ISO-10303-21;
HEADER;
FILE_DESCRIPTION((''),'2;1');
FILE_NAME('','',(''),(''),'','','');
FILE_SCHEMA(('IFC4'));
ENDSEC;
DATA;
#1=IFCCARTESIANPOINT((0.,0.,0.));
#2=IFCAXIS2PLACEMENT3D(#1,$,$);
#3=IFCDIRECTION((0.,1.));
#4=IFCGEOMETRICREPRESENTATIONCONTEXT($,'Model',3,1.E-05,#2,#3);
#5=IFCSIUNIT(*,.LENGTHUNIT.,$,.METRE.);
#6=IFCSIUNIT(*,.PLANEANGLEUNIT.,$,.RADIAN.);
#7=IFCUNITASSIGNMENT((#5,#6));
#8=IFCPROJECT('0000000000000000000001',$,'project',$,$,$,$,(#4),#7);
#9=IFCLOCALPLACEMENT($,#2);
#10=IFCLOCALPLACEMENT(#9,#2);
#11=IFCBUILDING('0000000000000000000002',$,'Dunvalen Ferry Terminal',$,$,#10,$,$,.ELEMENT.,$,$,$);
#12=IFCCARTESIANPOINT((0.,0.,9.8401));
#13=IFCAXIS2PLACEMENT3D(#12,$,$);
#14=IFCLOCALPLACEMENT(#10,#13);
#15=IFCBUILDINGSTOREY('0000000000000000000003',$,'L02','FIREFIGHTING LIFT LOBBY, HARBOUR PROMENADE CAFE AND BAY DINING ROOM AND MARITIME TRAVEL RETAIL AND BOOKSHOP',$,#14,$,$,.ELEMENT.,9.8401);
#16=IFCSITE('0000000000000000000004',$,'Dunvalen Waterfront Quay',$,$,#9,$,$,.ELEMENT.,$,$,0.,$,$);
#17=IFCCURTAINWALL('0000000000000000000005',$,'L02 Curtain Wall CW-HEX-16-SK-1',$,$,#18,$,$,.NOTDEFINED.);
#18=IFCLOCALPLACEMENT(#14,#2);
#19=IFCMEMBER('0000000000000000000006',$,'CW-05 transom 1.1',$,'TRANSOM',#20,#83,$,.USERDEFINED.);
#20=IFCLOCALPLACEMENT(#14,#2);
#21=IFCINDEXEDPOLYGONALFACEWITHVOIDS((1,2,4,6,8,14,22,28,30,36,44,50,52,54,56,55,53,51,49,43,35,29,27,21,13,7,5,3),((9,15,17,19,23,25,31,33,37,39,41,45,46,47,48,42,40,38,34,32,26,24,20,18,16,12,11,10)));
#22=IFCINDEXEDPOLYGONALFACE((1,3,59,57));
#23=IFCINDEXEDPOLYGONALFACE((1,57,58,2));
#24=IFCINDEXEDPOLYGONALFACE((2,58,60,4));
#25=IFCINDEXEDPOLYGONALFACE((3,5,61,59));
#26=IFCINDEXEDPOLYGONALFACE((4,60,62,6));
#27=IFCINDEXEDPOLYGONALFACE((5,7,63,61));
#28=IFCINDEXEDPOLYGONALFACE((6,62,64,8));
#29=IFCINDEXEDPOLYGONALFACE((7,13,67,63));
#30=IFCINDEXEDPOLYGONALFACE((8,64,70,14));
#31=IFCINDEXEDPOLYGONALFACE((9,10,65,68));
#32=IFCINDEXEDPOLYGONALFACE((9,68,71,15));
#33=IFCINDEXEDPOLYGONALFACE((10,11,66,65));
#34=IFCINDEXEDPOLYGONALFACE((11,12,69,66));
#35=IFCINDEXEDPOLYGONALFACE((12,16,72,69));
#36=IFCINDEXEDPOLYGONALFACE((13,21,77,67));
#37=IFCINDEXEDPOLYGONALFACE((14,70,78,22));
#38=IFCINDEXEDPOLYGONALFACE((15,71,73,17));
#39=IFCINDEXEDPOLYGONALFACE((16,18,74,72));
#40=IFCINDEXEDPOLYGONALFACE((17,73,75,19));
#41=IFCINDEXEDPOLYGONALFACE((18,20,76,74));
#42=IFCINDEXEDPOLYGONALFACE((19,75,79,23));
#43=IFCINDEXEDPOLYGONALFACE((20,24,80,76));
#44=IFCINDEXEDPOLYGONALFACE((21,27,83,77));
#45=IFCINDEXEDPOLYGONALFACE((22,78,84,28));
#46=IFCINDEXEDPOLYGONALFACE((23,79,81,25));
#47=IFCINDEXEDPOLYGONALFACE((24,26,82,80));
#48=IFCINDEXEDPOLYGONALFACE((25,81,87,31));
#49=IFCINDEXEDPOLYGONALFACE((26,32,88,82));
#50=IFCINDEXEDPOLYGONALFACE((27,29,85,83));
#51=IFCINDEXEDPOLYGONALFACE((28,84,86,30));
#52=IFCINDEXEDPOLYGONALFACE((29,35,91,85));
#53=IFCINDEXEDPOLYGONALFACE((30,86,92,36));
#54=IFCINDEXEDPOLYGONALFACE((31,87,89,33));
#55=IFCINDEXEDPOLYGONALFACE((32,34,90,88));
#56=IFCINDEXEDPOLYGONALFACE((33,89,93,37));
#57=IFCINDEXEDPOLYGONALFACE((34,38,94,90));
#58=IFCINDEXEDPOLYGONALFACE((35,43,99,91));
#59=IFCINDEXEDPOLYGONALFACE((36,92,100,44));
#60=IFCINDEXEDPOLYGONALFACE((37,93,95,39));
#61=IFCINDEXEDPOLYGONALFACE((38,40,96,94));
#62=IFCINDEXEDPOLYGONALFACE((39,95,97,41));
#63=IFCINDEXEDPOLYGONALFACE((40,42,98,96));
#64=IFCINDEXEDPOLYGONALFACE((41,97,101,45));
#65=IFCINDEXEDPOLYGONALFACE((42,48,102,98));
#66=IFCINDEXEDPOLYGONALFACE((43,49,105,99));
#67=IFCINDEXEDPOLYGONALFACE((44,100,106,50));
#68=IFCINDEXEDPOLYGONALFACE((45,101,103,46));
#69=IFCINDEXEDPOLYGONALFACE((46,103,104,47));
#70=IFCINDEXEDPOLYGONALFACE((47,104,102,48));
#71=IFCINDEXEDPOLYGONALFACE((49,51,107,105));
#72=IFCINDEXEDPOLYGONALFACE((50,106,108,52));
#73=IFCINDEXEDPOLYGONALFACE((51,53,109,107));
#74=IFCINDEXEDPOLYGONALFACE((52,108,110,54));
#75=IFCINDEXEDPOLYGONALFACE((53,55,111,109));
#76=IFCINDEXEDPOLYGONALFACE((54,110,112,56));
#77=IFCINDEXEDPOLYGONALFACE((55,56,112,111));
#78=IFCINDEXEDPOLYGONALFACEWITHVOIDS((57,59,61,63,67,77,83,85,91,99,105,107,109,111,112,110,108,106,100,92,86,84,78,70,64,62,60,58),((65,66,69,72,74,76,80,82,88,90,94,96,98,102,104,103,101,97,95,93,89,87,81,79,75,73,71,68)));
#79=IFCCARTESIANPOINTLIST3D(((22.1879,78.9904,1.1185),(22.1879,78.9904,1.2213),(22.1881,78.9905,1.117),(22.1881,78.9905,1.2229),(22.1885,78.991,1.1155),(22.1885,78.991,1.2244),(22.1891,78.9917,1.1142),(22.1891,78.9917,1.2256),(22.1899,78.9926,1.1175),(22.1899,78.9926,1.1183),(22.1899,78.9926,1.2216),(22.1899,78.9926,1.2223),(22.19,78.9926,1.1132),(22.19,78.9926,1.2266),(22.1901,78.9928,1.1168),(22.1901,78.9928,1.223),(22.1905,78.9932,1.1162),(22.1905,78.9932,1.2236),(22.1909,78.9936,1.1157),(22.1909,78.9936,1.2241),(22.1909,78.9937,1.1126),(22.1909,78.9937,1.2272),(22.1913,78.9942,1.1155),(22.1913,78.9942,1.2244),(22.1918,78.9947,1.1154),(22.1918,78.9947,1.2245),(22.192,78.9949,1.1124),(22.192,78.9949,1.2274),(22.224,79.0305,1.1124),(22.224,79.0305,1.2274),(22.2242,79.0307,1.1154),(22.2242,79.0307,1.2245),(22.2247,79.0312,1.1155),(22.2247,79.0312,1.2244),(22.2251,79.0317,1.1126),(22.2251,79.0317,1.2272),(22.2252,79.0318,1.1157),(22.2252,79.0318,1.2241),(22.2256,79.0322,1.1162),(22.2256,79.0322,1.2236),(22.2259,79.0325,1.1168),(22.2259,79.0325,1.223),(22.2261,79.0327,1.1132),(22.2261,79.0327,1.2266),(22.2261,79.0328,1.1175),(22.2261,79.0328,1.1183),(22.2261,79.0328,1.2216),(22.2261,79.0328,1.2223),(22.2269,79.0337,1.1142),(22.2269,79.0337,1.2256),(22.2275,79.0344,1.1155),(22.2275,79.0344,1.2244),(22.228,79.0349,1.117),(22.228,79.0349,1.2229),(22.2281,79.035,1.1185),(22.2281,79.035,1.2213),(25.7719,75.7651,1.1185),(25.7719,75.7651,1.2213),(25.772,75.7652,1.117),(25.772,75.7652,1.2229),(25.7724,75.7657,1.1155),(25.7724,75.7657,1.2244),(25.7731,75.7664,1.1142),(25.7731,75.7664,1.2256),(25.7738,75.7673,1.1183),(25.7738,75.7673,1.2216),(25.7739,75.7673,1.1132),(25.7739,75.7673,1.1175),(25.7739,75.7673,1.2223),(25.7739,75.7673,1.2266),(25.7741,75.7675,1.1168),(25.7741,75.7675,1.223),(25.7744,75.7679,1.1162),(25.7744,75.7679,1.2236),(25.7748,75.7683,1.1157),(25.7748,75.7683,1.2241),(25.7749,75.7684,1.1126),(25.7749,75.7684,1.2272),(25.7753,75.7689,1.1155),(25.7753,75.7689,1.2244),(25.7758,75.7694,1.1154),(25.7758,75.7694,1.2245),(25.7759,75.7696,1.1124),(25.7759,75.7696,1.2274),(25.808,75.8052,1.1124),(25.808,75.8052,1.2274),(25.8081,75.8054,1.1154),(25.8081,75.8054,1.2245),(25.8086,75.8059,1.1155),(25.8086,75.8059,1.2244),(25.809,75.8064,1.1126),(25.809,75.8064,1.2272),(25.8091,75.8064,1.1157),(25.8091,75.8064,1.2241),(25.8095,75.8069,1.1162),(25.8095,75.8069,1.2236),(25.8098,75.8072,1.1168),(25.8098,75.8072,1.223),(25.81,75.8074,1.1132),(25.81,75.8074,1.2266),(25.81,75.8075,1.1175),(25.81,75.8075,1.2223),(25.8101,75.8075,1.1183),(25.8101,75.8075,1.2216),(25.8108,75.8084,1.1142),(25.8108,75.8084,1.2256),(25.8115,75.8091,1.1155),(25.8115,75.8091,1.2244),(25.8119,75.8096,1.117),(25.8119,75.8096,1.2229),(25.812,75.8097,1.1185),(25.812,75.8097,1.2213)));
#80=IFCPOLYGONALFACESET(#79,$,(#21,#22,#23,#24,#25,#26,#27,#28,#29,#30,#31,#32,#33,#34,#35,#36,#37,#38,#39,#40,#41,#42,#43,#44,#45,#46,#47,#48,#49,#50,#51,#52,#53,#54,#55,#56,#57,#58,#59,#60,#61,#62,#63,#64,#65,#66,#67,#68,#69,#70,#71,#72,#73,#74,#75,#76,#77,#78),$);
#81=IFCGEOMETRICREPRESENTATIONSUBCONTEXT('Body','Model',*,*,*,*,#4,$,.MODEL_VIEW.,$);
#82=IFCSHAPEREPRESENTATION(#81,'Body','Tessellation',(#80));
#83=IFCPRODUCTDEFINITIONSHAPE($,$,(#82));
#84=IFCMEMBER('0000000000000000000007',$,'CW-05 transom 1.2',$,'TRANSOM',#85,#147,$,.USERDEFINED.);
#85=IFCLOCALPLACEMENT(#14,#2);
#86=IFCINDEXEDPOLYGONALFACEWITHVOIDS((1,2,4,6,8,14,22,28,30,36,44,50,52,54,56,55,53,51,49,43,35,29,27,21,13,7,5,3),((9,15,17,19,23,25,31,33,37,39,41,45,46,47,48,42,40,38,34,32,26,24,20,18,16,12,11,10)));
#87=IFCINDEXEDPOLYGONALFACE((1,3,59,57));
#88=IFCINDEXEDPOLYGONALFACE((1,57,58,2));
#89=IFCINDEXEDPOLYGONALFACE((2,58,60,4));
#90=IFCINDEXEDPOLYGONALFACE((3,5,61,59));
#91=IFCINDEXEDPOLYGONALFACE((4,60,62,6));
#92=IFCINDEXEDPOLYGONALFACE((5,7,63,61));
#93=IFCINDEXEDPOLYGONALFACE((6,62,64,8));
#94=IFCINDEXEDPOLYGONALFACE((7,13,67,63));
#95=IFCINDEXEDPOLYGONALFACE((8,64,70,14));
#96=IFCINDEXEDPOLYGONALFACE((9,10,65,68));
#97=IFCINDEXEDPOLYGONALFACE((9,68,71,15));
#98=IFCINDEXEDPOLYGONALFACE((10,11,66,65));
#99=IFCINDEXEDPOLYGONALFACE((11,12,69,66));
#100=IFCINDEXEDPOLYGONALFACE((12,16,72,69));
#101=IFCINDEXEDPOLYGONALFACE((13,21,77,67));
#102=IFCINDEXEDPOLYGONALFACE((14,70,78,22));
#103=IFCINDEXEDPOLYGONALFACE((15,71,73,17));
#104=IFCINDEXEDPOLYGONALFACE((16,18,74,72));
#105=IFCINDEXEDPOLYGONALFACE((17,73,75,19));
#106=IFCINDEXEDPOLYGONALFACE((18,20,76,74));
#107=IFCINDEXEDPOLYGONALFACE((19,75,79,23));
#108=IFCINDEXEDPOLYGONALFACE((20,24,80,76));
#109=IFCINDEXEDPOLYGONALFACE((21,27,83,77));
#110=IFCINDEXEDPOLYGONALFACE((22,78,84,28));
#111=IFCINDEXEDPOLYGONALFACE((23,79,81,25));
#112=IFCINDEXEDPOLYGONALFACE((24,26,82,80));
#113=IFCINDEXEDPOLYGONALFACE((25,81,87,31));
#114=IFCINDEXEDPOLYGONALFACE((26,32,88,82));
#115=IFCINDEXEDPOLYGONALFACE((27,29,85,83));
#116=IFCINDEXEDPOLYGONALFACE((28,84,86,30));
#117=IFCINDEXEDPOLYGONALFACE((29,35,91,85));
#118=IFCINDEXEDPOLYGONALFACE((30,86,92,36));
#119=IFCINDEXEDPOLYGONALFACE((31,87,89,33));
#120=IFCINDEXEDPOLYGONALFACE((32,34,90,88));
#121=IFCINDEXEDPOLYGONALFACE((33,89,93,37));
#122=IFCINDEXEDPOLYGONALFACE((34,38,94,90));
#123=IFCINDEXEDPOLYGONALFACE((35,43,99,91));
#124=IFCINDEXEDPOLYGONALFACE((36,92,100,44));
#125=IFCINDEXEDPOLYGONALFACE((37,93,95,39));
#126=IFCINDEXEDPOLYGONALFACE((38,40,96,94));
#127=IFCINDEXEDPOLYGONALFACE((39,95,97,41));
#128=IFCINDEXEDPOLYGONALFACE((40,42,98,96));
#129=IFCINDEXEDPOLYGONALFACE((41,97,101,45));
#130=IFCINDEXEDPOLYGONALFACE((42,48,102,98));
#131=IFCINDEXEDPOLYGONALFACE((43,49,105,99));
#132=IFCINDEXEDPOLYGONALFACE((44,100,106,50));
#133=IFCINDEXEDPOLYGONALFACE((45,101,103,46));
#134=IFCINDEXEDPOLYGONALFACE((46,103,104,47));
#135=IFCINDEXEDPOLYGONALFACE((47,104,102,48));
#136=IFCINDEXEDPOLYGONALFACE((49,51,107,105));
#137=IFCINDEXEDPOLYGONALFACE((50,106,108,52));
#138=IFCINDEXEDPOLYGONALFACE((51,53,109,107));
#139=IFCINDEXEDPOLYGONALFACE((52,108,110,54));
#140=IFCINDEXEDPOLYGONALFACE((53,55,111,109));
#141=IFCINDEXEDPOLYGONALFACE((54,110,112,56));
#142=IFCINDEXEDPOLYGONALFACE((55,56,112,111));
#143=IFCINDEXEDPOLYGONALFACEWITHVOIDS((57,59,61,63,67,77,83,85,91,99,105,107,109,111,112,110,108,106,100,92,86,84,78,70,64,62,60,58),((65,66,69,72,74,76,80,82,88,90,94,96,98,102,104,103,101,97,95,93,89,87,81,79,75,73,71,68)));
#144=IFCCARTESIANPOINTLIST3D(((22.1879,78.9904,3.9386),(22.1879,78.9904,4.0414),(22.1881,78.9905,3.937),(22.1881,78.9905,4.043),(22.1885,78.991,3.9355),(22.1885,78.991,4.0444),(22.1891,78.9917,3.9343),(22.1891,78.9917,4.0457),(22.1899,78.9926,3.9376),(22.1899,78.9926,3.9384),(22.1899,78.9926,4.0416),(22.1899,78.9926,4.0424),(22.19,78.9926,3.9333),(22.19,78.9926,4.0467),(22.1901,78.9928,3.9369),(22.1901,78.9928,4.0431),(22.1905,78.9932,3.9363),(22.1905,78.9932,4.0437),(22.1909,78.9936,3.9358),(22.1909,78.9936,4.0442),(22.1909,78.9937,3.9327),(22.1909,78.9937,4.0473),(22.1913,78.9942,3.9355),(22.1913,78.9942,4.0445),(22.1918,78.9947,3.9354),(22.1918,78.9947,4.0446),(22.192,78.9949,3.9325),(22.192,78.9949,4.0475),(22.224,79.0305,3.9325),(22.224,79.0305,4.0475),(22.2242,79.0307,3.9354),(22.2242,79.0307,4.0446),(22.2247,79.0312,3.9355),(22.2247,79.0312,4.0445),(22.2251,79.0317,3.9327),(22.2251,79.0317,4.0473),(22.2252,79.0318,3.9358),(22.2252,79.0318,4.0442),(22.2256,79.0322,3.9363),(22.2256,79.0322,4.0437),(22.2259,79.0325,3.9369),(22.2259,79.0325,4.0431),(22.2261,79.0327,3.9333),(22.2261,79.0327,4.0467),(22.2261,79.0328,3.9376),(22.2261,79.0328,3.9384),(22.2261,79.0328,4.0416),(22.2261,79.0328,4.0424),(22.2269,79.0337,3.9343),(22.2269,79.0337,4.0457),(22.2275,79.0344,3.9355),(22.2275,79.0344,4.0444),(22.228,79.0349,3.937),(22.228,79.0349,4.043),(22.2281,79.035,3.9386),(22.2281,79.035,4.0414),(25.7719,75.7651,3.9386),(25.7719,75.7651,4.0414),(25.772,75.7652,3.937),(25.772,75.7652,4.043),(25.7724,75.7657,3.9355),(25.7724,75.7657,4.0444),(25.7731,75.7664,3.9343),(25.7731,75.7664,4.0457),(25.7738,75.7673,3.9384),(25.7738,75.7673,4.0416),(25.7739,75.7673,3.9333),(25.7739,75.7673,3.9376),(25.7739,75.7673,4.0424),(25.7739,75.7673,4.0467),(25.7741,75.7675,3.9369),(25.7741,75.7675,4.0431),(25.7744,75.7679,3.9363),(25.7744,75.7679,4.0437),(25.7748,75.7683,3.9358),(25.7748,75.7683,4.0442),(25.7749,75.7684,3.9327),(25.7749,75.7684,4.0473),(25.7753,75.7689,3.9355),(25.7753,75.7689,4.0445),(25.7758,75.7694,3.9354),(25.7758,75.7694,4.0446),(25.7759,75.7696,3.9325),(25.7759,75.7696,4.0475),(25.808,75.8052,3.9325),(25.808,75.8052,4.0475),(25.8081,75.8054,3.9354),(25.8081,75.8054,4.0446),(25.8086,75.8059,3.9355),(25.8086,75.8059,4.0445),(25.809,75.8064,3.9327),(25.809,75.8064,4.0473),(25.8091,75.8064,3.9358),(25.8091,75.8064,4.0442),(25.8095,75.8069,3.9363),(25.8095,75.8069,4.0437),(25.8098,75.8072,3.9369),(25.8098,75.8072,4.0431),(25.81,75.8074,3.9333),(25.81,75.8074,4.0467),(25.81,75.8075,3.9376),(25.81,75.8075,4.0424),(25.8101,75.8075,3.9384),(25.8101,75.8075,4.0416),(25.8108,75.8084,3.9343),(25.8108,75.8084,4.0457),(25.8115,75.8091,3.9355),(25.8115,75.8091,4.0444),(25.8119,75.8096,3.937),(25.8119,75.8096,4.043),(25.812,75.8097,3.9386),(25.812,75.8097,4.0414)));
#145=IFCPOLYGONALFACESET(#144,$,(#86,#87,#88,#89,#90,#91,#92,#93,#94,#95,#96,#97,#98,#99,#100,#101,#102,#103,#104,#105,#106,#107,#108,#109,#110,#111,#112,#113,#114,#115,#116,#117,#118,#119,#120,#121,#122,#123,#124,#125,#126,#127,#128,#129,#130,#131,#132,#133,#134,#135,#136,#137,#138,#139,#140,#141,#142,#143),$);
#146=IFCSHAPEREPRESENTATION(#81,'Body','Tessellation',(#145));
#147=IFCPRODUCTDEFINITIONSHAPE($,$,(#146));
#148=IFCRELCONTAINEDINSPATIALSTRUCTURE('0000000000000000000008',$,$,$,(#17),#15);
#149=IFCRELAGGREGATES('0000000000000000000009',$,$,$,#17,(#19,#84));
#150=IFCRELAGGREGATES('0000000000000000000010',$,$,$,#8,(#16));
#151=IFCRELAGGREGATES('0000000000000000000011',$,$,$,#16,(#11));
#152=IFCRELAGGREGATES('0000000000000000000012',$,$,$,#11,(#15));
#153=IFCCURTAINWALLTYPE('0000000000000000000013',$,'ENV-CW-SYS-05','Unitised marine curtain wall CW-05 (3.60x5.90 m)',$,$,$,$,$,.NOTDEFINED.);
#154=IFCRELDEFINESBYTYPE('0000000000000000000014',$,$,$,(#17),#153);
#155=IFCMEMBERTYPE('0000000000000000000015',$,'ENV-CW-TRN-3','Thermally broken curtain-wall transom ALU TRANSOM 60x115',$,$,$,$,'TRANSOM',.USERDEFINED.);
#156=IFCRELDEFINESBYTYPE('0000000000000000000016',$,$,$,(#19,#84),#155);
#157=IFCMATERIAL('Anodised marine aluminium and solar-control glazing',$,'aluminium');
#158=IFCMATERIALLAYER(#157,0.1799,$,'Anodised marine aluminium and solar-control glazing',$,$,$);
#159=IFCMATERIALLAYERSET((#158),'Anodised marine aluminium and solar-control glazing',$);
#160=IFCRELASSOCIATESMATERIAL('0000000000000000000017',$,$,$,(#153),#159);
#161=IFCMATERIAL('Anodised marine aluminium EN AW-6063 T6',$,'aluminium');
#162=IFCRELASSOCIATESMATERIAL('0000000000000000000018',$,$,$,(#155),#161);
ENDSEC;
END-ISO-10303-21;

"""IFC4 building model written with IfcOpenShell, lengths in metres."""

from ifc_helpers import new_model, si_unit, direction, frame, origin, origin_2d, place, context, subcontext, project, spatial, hollow_rectangle, extrude, material, layer, layer_set, material_profile, profile_set, type_object, element, aggregate, save


model = new_model("IFC4")

# Units and contexts
model_context = context("Model", 3, precision=1e-05, world=origin(), true_north=direction((0.0, 1.0)))
body_context = subcontext(model_context, "Body", "Model", "MODEL_VIEW")
ifc_project = project(units=[si_unit("LENGTHUNIT", "METRE"), si_unit("PLANEANGLEUNIT", "RADIAN")], contexts=[model_context])

# Site, building, storey
site_placement = place(None, origin())
site = spatial("IfcSite", under=ifc_project, at=site_placement, Name="Dunvalen Waterfront Quay", CompositionType="ELEMENT", RefElevation=0.0)
building_placement = place(site_placement, origin())
building = spatial("IfcBuilding", under=site, at=building_placement, Name="Dunvalen Ferry Terminal", CompositionType="ELEMENT")
storey_placement = place(building_placement, frame((0.0, 0.0, 9.8401)))
storey = spatial("IfcBuildingStorey", under=building, at=storey_placement, Name="L02", Description="FIREFIGHTING LIFT LOBBY, HARBOUR PROMENADE CAFE AND BAY DINING ROOM AND MARITIME TRAVEL RETAIL AND BOOKSHOP", CompositionType="ELEMENT", Elevation=9.8401)

# Curtain wall
ifc_material_1 = material(Name="Anodised marine aluminium and solar-control glazing", Category="aluminium")
ifc_layer_1 = layer(ifc_material_1, 0.1799, Name="Anodised marine aluminium and solar-control glazing")
ifc_layer_set_1 = layer_set([ifc_layer_1], Name="Anodised marine aluminium and solar-control glazing")
curtain_wall_type_1 = type_object("IfcCurtainWallType", Name="ENV-CW-SYS-05", Description="Unitised marine curtain wall CW-05 (3.60x5.90 m)", PredefinedType="NOTDEFINED", material=ifc_layer_set_1)
curtain_wall_1_placement = place(storey_placement, origin())
curtain_wall_1 = element("IfcCurtainWall", 1, at=curtain_wall_1_placement, inside=storey, type_object=curtain_wall_type_1, Name="L02 Curtain Wall CW-HEX-16-SK-1", PredefinedType="NOTDEFINED")
ifc_material_2 = material(Name="Anodised marine aluminium EN AW-6063 T6", Category="aluminium")

# Members
ifc_material_profile_1 = material_profile(ifc_material_2, hollow_rectangle(XDim=0.0601, YDim=0.115, WallThickness=0.0029, InnerFilletRadius=0.0029, OuterFilletRadius=0.0061, at=origin_2d()), Name="Anodised marine aluminium EN AW-6063 T6")
ifc_profile_set_1 = profile_set([ifc_material_profile_1], Name="Anodised marine aluminium EN AW-6063 T6")
member_type_1 = type_object("IfcMemberType", Name="ENV-CW-TRN-3", Description="Thermally broken curtain-wall transom ALU TRANSOM 60x115", ElementType="TRANSOM", PredefinedType="USERDEFINED", material=ifc_profile_set_1)
member_1_placement = place(storey_placement, frame((22.208, 79.0127, 1.1699), z_axis=(0.743319, -0.668937, 0.0), x_axis=(0.668937, 0.743319, 0.0)))
member_1 = element("IfcMember", 2, at=member_1_placement, type_object=member_type_1, Name="CW-05 transom 1.1", ObjectType="TRANSOM", PredefinedType="USERDEFINED", context=body_context, shape_type="SweptSolid", body=[
    extrude(hollow_rectangle(XDim=0.0601, YDim=0.115, WallThickness=0.0029, InnerFilletRadius=0.0029, OuterFilletRadius=0.0061, at=origin_2d()), origin(), (0.0, 0.0, 1.0), 4.8215),
])
member_2_placement = place(storey_placement, frame((22.208, 79.0127, 3.99), z_axis=(0.743319, -0.668937, 0.0), x_axis=(0.668937, 0.743319, 0.0)))
member_2 = element("IfcMember", 3, at=member_2_placement, type_object=member_type_1, Name="CW-05 transom 1.2", ObjectType="TRANSOM", PredefinedType="USERDEFINED", context=body_context, shape_type="SweptSolid", body=[
    extrude(hollow_rectangle(XDim=0.0601, YDim=0.115, WallThickness=0.0029, InnerFilletRadius=0.0029, OuterFilletRadius=0.0061, at=origin_2d()), origin(), (0.0, 0.0, 1.0), 4.8215),
])
aggregate(curtain_wall_1, [member_1, member_2])

save(model, "model.ifc")
